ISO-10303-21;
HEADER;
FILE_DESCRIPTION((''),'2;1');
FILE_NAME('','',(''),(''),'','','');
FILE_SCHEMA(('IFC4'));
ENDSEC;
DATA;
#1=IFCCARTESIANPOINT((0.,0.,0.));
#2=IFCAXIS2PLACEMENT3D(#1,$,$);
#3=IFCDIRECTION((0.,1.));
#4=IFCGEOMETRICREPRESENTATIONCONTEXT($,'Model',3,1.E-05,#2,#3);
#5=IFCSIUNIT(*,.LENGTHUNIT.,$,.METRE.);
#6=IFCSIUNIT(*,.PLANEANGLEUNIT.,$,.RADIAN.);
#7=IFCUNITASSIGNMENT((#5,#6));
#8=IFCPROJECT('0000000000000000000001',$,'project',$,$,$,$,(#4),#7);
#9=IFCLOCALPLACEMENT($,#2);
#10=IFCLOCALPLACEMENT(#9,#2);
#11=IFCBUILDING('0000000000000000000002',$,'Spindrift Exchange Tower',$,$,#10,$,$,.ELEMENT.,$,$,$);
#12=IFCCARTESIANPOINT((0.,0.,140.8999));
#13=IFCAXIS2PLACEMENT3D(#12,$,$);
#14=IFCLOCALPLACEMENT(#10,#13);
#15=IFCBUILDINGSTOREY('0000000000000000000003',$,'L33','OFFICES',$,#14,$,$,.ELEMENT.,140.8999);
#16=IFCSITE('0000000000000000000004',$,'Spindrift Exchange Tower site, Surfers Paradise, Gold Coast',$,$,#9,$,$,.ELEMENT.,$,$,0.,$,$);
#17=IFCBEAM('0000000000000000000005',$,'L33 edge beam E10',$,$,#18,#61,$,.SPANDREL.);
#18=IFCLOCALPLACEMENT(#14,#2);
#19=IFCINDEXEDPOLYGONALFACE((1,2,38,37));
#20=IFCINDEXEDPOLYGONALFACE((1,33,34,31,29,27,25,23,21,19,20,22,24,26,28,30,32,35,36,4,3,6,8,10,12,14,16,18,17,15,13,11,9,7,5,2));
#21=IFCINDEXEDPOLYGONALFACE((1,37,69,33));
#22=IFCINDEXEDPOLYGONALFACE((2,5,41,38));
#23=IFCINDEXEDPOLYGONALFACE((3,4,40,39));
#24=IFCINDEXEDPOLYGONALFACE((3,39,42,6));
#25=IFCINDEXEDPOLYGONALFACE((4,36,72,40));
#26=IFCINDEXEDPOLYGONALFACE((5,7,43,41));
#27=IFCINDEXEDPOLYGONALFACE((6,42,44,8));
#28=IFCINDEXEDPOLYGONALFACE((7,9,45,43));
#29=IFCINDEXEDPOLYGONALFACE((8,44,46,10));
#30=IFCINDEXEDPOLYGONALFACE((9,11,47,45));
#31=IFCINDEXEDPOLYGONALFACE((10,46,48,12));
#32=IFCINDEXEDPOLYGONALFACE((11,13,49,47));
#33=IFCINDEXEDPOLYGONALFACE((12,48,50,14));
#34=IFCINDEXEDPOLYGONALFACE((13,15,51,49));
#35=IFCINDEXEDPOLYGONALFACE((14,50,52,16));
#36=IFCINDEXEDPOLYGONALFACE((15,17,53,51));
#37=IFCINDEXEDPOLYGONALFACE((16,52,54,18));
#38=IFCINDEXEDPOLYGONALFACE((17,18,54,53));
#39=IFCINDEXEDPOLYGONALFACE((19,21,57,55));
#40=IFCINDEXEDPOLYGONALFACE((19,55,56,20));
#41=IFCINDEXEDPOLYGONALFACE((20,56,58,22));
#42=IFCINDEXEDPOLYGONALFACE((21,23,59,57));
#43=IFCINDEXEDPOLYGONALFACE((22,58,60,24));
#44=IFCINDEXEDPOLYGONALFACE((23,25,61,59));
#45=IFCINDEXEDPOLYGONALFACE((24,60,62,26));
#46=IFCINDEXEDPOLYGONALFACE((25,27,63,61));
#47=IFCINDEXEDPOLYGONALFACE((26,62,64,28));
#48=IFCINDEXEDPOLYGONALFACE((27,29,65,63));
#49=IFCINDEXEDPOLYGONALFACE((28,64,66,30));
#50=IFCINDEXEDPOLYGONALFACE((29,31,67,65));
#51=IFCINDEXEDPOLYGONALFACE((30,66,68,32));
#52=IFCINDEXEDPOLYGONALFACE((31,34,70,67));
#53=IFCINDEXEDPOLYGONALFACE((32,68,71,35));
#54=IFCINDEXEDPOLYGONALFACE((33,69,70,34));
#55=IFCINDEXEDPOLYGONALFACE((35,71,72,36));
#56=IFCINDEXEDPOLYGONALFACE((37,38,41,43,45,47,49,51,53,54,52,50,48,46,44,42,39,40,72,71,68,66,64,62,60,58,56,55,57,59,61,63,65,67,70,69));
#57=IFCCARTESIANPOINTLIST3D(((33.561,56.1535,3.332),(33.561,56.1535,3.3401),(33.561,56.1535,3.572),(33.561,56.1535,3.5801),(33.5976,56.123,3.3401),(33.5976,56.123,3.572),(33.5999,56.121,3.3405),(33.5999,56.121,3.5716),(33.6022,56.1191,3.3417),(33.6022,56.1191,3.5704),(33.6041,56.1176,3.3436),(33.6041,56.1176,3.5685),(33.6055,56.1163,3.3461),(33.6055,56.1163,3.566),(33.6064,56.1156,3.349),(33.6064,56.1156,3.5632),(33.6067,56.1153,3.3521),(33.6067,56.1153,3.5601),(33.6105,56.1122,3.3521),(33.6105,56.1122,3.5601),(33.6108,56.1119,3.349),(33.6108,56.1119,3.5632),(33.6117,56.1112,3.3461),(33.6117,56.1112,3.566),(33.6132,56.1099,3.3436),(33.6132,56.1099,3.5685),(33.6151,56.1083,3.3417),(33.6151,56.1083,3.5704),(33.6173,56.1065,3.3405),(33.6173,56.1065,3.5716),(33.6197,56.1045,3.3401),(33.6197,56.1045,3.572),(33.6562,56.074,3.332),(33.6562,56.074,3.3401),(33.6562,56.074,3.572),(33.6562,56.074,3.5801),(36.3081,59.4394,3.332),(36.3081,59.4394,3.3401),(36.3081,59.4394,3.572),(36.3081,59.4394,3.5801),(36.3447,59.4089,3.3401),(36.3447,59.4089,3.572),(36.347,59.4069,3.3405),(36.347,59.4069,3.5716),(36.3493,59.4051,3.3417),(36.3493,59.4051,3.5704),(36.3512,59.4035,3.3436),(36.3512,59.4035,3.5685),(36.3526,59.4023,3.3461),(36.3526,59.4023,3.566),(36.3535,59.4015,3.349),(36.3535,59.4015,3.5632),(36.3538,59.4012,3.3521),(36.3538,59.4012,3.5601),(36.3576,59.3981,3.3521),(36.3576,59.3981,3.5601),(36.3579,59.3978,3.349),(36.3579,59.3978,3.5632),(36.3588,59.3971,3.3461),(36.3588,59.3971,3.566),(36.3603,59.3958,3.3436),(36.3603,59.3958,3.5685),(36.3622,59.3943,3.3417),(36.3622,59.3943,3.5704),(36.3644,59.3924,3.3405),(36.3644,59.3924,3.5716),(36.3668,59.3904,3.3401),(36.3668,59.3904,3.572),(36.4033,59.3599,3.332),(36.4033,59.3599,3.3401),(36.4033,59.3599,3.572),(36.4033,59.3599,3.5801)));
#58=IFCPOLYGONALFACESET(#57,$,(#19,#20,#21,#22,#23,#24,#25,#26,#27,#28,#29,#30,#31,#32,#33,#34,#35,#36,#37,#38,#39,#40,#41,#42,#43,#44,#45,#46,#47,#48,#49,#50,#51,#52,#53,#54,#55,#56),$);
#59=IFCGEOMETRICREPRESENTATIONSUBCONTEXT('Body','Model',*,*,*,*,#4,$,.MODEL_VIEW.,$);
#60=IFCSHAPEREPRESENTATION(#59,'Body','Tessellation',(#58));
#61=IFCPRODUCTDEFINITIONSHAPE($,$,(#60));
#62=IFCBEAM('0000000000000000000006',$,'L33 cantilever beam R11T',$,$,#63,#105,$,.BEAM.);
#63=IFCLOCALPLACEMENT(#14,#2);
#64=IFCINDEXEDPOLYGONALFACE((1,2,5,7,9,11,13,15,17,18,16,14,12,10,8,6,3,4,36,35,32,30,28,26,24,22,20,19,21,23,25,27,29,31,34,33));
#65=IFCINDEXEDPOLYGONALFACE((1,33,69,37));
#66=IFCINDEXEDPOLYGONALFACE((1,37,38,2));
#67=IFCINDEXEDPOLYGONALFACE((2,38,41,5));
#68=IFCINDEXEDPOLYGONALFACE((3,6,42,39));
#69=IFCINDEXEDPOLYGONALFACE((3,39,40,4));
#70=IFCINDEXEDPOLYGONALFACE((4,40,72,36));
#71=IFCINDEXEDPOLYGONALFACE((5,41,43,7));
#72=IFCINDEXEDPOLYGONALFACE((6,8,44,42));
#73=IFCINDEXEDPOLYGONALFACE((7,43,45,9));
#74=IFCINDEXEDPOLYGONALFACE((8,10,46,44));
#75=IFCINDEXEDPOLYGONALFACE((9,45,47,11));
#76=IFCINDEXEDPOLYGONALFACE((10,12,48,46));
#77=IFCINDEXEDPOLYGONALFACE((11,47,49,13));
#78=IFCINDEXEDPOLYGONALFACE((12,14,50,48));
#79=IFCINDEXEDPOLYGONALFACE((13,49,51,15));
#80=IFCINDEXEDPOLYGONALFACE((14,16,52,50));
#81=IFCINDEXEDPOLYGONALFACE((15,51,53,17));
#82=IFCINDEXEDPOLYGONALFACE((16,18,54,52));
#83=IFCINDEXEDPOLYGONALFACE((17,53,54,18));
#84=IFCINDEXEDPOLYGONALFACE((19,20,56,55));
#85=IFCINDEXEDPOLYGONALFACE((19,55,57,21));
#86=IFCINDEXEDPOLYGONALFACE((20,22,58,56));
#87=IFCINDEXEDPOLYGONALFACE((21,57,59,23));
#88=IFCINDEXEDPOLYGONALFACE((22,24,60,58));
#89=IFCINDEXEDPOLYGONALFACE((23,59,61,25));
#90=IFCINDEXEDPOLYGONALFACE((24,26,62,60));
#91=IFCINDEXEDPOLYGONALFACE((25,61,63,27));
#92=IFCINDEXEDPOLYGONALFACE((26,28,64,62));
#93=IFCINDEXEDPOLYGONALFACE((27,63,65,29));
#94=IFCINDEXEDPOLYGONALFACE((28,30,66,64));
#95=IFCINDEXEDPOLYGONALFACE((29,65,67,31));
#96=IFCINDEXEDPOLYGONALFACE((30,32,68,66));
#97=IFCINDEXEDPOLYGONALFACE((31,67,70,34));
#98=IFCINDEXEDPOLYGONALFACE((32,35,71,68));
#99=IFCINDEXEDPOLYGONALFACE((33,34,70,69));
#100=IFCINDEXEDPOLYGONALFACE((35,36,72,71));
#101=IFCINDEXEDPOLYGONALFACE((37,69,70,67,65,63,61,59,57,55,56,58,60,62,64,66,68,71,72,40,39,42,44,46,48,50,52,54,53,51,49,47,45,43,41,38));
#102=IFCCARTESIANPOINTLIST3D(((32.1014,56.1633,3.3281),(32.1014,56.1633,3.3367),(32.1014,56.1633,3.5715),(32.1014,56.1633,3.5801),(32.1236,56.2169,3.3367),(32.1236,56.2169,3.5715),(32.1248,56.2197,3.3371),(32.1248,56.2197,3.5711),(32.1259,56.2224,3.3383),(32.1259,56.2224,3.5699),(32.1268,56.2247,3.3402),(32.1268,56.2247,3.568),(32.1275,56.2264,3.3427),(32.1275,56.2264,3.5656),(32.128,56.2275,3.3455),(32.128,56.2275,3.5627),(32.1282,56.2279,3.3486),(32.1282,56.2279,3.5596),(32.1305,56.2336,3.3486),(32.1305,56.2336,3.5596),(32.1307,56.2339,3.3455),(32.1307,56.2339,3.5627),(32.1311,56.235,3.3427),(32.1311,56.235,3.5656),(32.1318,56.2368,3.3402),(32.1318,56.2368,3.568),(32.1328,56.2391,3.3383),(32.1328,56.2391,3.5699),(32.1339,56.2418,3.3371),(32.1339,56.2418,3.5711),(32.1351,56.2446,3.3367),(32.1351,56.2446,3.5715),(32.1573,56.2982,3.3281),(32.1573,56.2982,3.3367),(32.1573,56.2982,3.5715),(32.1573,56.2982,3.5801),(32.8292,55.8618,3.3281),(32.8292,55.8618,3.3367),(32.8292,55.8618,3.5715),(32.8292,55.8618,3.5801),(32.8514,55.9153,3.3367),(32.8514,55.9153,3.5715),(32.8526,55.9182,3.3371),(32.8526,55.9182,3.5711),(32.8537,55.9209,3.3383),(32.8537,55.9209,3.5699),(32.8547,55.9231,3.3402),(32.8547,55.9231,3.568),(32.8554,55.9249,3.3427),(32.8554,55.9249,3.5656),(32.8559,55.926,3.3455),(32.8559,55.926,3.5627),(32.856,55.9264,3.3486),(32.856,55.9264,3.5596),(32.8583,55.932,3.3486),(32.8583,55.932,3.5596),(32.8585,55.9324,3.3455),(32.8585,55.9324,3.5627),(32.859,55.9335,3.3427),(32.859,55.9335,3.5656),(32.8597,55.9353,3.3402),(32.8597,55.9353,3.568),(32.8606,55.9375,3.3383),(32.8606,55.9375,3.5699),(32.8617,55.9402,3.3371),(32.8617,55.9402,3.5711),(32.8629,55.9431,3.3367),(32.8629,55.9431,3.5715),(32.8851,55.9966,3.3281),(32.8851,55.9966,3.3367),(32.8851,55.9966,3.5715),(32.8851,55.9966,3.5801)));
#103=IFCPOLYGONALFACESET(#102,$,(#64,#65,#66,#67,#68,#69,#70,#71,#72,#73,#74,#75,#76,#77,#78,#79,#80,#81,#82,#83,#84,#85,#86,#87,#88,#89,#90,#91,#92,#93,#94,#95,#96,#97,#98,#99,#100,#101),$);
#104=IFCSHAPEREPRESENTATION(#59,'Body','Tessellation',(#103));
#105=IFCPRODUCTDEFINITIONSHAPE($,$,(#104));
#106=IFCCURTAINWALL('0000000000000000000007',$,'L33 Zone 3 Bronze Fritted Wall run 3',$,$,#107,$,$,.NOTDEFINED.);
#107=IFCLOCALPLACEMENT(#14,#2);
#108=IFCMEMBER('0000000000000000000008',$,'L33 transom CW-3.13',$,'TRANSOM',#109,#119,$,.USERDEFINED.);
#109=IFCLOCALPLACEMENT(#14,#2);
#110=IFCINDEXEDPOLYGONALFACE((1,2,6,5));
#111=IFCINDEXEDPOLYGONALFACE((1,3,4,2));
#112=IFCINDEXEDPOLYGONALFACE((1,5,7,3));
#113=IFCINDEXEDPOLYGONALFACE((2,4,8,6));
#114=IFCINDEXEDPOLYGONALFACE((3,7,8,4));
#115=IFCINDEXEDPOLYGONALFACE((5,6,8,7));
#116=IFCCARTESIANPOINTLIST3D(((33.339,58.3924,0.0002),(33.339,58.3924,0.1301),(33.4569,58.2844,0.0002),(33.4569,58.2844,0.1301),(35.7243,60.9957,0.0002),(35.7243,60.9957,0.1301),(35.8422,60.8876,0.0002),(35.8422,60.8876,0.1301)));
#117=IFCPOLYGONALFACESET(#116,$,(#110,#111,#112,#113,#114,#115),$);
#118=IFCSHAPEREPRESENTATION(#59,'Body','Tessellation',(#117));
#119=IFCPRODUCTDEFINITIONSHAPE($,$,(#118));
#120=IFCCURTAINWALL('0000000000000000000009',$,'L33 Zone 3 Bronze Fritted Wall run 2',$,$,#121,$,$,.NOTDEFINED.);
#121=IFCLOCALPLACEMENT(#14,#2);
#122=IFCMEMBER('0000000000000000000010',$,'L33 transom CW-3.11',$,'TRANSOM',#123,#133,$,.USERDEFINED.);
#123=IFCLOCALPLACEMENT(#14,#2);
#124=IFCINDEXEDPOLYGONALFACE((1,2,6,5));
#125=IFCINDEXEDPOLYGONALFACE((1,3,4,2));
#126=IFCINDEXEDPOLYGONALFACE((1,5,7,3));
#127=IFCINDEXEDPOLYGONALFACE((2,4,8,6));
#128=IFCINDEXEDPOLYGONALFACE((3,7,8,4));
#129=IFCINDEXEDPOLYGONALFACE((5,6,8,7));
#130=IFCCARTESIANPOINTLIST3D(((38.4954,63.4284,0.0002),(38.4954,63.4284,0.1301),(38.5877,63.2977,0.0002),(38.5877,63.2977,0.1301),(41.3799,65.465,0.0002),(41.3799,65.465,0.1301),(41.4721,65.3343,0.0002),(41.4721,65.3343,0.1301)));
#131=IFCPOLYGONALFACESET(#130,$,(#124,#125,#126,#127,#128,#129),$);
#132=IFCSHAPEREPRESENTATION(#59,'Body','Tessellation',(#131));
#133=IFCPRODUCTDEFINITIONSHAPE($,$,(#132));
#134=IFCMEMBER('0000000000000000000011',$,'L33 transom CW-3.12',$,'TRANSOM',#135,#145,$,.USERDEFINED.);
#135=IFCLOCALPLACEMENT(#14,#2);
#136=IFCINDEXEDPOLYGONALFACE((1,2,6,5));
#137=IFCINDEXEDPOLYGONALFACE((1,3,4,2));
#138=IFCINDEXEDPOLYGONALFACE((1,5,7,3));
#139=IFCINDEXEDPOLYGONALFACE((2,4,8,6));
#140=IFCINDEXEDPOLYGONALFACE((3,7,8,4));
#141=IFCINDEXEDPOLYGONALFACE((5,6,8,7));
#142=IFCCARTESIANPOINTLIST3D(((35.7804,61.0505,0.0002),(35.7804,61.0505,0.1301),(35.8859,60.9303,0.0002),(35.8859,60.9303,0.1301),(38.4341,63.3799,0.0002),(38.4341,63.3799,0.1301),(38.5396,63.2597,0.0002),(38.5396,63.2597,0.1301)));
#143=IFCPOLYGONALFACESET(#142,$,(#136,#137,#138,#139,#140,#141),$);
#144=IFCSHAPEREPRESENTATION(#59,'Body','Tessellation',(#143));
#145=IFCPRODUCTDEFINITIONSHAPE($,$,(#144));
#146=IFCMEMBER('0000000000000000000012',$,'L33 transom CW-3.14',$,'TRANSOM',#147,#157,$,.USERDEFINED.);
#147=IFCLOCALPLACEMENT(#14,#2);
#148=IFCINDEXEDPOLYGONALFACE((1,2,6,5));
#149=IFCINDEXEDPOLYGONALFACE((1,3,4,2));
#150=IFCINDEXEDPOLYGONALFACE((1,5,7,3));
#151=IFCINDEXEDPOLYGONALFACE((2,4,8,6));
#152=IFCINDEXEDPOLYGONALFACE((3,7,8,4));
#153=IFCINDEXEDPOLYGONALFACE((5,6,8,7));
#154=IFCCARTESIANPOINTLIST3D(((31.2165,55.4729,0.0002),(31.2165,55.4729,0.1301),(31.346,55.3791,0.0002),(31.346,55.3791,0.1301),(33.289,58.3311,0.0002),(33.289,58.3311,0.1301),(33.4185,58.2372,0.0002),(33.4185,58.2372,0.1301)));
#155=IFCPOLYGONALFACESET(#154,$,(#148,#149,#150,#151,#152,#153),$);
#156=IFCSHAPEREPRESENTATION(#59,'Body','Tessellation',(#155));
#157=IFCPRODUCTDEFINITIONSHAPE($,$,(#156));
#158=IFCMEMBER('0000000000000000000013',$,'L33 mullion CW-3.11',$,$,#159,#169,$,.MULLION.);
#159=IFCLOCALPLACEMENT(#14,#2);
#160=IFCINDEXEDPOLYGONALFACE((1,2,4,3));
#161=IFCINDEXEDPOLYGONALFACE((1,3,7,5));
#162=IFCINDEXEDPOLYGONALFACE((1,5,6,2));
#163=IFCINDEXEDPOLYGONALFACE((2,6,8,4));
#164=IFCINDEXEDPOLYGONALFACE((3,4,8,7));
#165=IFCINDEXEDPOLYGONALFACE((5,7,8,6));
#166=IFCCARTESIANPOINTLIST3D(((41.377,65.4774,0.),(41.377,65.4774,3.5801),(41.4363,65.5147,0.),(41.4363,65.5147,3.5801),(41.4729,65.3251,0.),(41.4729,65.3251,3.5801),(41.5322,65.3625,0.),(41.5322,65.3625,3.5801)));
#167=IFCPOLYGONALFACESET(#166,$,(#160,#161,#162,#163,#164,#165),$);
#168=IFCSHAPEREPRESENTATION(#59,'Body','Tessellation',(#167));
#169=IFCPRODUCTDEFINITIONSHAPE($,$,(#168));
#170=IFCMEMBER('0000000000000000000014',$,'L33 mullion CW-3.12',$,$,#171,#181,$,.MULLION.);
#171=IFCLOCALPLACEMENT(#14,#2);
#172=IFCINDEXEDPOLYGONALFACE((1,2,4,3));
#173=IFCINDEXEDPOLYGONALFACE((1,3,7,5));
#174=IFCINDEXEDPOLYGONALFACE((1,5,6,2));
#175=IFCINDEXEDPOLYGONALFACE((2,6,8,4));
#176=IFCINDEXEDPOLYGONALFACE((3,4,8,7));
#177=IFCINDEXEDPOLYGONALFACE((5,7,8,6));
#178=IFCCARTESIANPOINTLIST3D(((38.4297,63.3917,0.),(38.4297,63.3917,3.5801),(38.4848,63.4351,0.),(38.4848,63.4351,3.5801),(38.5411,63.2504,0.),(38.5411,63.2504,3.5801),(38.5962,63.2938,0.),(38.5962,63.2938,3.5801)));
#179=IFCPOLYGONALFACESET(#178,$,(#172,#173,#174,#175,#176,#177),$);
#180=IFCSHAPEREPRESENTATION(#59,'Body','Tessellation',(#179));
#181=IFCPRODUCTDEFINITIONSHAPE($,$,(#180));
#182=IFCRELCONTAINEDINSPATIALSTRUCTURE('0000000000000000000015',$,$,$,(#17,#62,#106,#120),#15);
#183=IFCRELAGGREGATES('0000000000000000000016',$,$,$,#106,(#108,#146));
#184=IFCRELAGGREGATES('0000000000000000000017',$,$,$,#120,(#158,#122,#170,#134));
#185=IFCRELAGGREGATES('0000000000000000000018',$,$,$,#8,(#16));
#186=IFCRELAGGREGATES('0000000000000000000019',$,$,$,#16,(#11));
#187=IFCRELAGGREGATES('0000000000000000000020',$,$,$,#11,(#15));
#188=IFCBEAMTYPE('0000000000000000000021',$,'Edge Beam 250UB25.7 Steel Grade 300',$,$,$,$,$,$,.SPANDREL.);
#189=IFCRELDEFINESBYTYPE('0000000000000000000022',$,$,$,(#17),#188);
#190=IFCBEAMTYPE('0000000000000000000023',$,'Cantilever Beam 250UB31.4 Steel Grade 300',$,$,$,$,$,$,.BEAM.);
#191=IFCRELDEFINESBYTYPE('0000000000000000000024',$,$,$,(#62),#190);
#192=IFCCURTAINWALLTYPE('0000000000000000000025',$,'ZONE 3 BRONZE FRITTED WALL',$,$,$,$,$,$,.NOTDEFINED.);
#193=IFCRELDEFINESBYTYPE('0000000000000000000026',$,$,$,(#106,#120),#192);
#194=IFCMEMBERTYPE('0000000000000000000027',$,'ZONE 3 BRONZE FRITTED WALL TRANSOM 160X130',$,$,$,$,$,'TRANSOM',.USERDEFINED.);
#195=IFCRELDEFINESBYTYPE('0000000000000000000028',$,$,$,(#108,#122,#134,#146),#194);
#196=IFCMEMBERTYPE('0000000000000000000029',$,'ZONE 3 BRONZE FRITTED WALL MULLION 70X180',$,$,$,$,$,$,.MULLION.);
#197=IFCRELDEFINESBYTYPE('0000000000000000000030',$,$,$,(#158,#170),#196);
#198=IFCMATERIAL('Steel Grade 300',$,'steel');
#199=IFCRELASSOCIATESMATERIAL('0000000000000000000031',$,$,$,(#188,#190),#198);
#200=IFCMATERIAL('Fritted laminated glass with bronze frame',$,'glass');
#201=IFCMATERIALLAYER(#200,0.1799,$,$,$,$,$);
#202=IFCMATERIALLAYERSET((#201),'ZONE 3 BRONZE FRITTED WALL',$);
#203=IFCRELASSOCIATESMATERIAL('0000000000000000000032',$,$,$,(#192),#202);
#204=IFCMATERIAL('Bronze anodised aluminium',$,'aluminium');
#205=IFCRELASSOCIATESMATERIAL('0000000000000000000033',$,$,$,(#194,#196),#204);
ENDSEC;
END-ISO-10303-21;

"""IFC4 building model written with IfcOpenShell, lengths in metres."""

from ifc_helpers import new_model, si_unit, direction, frame, origin, origin_2d, place, context, subcontext, project, spatial, rectangle, i_section, extrude, source, transform, mapped, material, layer, layer_set, material_profile, profile_set, type_object, element, aggregate, save


model = new_model("IFC4")

# Units and contexts
model_context = context("Model", 3, precision=1e-05, world=origin(), true_north=direction((0.0, 1.0)))
body_context = subcontext(model_context, "Body", "Model", "MODEL_VIEW")
ifc_project = project(units=[si_unit("LENGTHUNIT", "METRE"), si_unit("PLANEANGLEUNIT", "RADIAN")], contexts=[model_context])

# Site, building, storey
site_placement = place(None, origin())
site = spatial("IfcSite", under=ifc_project, at=site_placement, Name="Spindrift Exchange Tower site, Surfers Paradise, Gold Coast", CompositionType="ELEMENT", RefElevation=0.0)
building_placement = place(site_placement, origin())
building = spatial("IfcBuilding", under=site, at=building_placement, Name="Spindrift Exchange Tower", CompositionType="ELEMENT")
storey_placement = place(building_placement, frame((0.0, 0.0, 140.8999)))
storey = spatial("IfcBuildingStorey", under=building, at=storey_placement, Name="L33", Description="OFFICES", CompositionType="ELEMENT", Elevation=140.8999)

# Beams
ifc_material_1 = material(Name="Steel Grade 300", Category="steel")
ifc_material_profile_1 = material_profile(ifc_material_1, i_section(OverallWidth=0.124, OverallDepth=0.248, WebThickness=0.0049, FlangeThickness=0.0081, FilletRadius=0.012, at=origin_2d()), Name="250UB25.7")
ifc_profile_set_1 = profile_set([ifc_material_profile_1], Name="Steel Grade 300")
beam_type_1 = type_object("IfcBeamType", Name="Edge Beam 250UB25.7 Steel Grade 300", PredefinedType="SPANDREL", material=ifc_profile_set_1)
shared_shape_1 = source(origin(), body_context, "Body", "SweptSolid", [
    extrude(i_section(OverallWidth=0.124, OverallDepth=0.248, WebThickness=0.0049, FlangeThickness=0.0081, FilletRadius=0.012, at=origin_2d()), origin(), (0.0, 0.0, 1.0), 4.283),
])
beam_1_placement = place(storey_placement, frame((36.3557, 59.3997, 3.4561), z_axis=(-0.6414, -0.767206, 0.0), x_axis=(0.767206, -0.6414, 0.0)))
element("IfcBeam", 1, at=beam_1_placement, inside=storey, type_object=beam_type_1, Name="L33 edge beam E10", PredefinedType="SPANDREL", context=body_context, shape_type="MappedRepresentation", body=[
    mapped(shared_shape_1, transform((0.0, 0.0, 0.0), scale=1.0)),
])
ifc_material_profile_2 = material_profile(ifc_material_1, i_section(OverallWidth=0.146, OverallDepth=0.252, WebThickness=0.0061, FlangeThickness=0.0085, FilletRadius=0.012, at=origin_2d()), Name="250UB31.4")
ifc_profile_set_2 = profile_set([ifc_material_profile_2], Name="Steel Grade 300")
beam_type_2 = type_object("IfcBeamType", Name="Cantilever Beam 250UB31.4 Steel Grade 300", PredefinedType="BEAM", material=ifc_profile_set_2)
shared_shape_2 = source(origin(), body_context, "Body", "SweptSolid", [
    extrude(i_section(OverallWidth=0.146, OverallDepth=0.252, WebThickness=0.0061, FlangeThickness=0.0085, FilletRadius=0.012, at=origin_2d()), origin(), (0.0, 0.0, 1.0), 0.7878),
])
beam_2_placement = place(storey_placement, frame((32.8572, 55.9292, 3.4541), z_axis=(-0.923854, 0.382744, 0.0), x_axis=(-0.382744, -0.923854, 0.0)))
element("IfcBeam", 2, at=beam_2_placement, inside=storey, type_object=beam_type_2, Name="L33 cantilever beam R11T", PredefinedType="BEAM", context=body_context, shape_type="MappedRepresentation", body=[
    mapped(shared_shape_2, transform((0.0, 0.0, 0.0), scale=1.0)),
])

# Curtain wall, member
ifc_material_2 = material(Name="Fritted laminated glass with bronze frame", Category="glass")
ifc_layer_1 = layer(ifc_material_2, 0.1799)
ifc_layer_set_1 = layer_set([ifc_layer_1], Name="ZONE 3 BRONZE FRITTED WALL")
curtain_wall_type = type_object("IfcCurtainWallType", Name="ZONE 3 BRONZE FRITTED WALL", PredefinedType="NOTDEFINED", material=ifc_layer_set_1)
curtain_wall_1_placement = place(storey_placement, origin())
curtain_wall_1 = element("IfcCurtainWall", 3, at=curtain_wall_1_placement, inside=storey, type_object=curtain_wall_type, Name="L33 Zone 3 Bronze Fritted Wall run 3", PredefinedType="NOTDEFINED")
ifc_material_3 = material(Name="Bronze anodised aluminium", Category="aluminium")
ifc_material_profile_3 = material_profile(ifc_material_3, rectangle(XDim=0.1599, YDim=0.1299, at=origin_2d()), Name="ZONE 3 BRONZE FRITTED WALL TRANSOM 160X130")
ifc_profile_set_3 = profile_set([ifc_material_profile_3], Name="Bronze anodised aluminium")
member_type_1 = type_object("IfcMemberType", Name="ZONE 3 BRONZE FRITTED WALL TRANSOM 160X130", ElementType="TRANSOM", PredefinedType="USERDEFINED", material=ifc_profile_set_3)
shared_shape_3 = source(origin(), body_context, "Body", "SweptSolid", [
    extrude(rectangle(XDim=0.1599, YDim=0.1299, at=origin_2d()), origin(), (0.0, 0.0, 1.0), 3.5308),
])
member_1_placement = place(storey_placement, frame((35.7832, 60.9417, 0.0652), z_axis=(-0.675559, -0.737306, 0.0), x_axis=(0.737306, -0.675559, 0.0)))
member_1 = element("IfcMember", 4, at=member_1_placement, type_object=member_type_1, Name="L33 transom CW-3.13", ObjectType="TRANSOM", PredefinedType="USERDEFINED", context=body_context, shape_type="MappedRepresentation", body=[
    mapped(shared_shape_3, transform((0.0, 0.0, 0.0), scale=1.0)),
])

# Curtain wall, members
curtain_wall_2_placement = place(storey_placement, origin())
curtain_wall_2 = element("IfcCurtainWall", 5, at=curtain_wall_2_placement, inside=storey, type_object=curtain_wall_type, Name="L33 Zone 3 Bronze Fritted Wall run 2", PredefinedType="NOTDEFINED")
shared_shape_4 = source(origin(), body_context, "Body", "SweptSolid", [
    extrude(rectangle(XDim=0.1599, YDim=0.1299, at=origin_2d()), origin(), (0.0, 0.0, 1.0), 3.531),
])
member_2_placement = place(storey_placement, frame((41.426, 65.3997, 0.0652), z_axis=(-0.816903, -0.576775, 0.0), x_axis=(0.576775, -0.816903, 0.0)))
member_2 = element("IfcMember", 6, at=member_2_placement, type_object=member_type_1, Name="L33 transom CW-3.11", ObjectType="TRANSOM", PredefinedType="USERDEFINED", context=body_context, shape_type="MappedRepresentation", body=[
    mapped(shared_shape_4, transform((0.0, 0.0, 0.0), scale=1.0)),
])
member_3_placement = place(storey_placement, frame((38.4868, 63.3198, 0.0652), z_axis=(-0.751526, -0.659703, 0.0), x_axis=(0.659703, -0.751526, 0.0)))
member_3 = element("IfcMember", 7, at=member_3_placement, type_object=member_type_1, Name="L33 transom CW-3.12", ObjectType="TRANSOM", PredefinedType="USERDEFINED", context=body_context, shape_type="MappedRepresentation", body=[
    mapped(shared_shape_4, transform((0.0, 0.0, 0.0), scale=1.0)),
])

# Members
shared_shape_5 = source(origin(), body_context, "Body", "SweptSolid", [
    extrude(rectangle(XDim=0.1599, YDim=0.1299, at=origin_2d()), origin(), (0.0, 0.0, 1.0), 3.5305),
])
member_4_placement = place(storey_placement, frame((33.3538, 58.2842, 0.0652), z_axis=(-0.587032, -0.809564, 0.0), x_axis=(0.809564, -0.587032, 0.0)))
member_4 = element("IfcMember", 8, at=member_4_placement, type_object=member_type_1, Name="L33 transom CW-3.14", ObjectType="TRANSOM", PredefinedType="USERDEFINED", context=body_context, shape_type="MappedRepresentation", body=[
    mapped(shared_shape_5, transform((0.0, 0.0, 0.0), scale=1.0)),
])
ifc_material_profile_4 = material_profile(ifc_material_3, rectangle(XDim=0.0701, YDim=0.1799, at=origin_2d()), Name="ZONE 3 BRONZE FRITTED WALL MULLION 70X180")
ifc_profile_set_4 = profile_set([ifc_material_profile_4], Name="Bronze anodised aluminium")
member_type_2 = type_object("IfcMemberType", Name="ZONE 3 BRONZE FRITTED WALL MULLION 70X180", PredefinedType="MULLION", material=ifc_profile_set_4)
shared_shape_6 = source(origin(), body_context, "Body", "SweptSolid", [
    extrude(rectangle(XDim=0.0701, YDim=0.1799, at=origin_2d()), origin(), (0.0, 0.0, 1.0), 3.5801),
])
member_5_placement = place(storey_placement, frame((41.4546, 65.4199, 0.0), z_axis=(0.0, 0.0, 1.0), x_axis=(-0.846025, -0.533144, 0.0)))
member_5 = element("IfcMember", 9, at=member_5_placement, type_object=member_type_2, Name="L33 mullion CW-3.11", PredefinedType="MULLION", context=body_context, shape_type="MappedRepresentation", body=[
    mapped(shared_shape_6, transform((0.0, 0.0, 0.0), scale=1.0)),
])
member_6_placement = place(storey_placement, frame((38.5129, 63.3428, 0.0), z_axis=(0.0, 0.0, 1.0), x_axis=(-0.785303, -0.619111, 0.0)))
member_6 = element("IfcMember", 10, at=member_6_placement, type_object=member_type_2, Name="L33 mullion CW-3.12", PredefinedType="MULLION", context=body_context, shape_type="MappedRepresentation", body=[
    mapped(shared_shape_6, transform((0.0, 0.0, 0.0), scale=1.0)),
])

aggregate(curtain_wall_1, [member_1, member_4])
aggregate(curtain_wall_2, [member_5, member_2, member_6, member_3])

save(model, "model.ifc")
